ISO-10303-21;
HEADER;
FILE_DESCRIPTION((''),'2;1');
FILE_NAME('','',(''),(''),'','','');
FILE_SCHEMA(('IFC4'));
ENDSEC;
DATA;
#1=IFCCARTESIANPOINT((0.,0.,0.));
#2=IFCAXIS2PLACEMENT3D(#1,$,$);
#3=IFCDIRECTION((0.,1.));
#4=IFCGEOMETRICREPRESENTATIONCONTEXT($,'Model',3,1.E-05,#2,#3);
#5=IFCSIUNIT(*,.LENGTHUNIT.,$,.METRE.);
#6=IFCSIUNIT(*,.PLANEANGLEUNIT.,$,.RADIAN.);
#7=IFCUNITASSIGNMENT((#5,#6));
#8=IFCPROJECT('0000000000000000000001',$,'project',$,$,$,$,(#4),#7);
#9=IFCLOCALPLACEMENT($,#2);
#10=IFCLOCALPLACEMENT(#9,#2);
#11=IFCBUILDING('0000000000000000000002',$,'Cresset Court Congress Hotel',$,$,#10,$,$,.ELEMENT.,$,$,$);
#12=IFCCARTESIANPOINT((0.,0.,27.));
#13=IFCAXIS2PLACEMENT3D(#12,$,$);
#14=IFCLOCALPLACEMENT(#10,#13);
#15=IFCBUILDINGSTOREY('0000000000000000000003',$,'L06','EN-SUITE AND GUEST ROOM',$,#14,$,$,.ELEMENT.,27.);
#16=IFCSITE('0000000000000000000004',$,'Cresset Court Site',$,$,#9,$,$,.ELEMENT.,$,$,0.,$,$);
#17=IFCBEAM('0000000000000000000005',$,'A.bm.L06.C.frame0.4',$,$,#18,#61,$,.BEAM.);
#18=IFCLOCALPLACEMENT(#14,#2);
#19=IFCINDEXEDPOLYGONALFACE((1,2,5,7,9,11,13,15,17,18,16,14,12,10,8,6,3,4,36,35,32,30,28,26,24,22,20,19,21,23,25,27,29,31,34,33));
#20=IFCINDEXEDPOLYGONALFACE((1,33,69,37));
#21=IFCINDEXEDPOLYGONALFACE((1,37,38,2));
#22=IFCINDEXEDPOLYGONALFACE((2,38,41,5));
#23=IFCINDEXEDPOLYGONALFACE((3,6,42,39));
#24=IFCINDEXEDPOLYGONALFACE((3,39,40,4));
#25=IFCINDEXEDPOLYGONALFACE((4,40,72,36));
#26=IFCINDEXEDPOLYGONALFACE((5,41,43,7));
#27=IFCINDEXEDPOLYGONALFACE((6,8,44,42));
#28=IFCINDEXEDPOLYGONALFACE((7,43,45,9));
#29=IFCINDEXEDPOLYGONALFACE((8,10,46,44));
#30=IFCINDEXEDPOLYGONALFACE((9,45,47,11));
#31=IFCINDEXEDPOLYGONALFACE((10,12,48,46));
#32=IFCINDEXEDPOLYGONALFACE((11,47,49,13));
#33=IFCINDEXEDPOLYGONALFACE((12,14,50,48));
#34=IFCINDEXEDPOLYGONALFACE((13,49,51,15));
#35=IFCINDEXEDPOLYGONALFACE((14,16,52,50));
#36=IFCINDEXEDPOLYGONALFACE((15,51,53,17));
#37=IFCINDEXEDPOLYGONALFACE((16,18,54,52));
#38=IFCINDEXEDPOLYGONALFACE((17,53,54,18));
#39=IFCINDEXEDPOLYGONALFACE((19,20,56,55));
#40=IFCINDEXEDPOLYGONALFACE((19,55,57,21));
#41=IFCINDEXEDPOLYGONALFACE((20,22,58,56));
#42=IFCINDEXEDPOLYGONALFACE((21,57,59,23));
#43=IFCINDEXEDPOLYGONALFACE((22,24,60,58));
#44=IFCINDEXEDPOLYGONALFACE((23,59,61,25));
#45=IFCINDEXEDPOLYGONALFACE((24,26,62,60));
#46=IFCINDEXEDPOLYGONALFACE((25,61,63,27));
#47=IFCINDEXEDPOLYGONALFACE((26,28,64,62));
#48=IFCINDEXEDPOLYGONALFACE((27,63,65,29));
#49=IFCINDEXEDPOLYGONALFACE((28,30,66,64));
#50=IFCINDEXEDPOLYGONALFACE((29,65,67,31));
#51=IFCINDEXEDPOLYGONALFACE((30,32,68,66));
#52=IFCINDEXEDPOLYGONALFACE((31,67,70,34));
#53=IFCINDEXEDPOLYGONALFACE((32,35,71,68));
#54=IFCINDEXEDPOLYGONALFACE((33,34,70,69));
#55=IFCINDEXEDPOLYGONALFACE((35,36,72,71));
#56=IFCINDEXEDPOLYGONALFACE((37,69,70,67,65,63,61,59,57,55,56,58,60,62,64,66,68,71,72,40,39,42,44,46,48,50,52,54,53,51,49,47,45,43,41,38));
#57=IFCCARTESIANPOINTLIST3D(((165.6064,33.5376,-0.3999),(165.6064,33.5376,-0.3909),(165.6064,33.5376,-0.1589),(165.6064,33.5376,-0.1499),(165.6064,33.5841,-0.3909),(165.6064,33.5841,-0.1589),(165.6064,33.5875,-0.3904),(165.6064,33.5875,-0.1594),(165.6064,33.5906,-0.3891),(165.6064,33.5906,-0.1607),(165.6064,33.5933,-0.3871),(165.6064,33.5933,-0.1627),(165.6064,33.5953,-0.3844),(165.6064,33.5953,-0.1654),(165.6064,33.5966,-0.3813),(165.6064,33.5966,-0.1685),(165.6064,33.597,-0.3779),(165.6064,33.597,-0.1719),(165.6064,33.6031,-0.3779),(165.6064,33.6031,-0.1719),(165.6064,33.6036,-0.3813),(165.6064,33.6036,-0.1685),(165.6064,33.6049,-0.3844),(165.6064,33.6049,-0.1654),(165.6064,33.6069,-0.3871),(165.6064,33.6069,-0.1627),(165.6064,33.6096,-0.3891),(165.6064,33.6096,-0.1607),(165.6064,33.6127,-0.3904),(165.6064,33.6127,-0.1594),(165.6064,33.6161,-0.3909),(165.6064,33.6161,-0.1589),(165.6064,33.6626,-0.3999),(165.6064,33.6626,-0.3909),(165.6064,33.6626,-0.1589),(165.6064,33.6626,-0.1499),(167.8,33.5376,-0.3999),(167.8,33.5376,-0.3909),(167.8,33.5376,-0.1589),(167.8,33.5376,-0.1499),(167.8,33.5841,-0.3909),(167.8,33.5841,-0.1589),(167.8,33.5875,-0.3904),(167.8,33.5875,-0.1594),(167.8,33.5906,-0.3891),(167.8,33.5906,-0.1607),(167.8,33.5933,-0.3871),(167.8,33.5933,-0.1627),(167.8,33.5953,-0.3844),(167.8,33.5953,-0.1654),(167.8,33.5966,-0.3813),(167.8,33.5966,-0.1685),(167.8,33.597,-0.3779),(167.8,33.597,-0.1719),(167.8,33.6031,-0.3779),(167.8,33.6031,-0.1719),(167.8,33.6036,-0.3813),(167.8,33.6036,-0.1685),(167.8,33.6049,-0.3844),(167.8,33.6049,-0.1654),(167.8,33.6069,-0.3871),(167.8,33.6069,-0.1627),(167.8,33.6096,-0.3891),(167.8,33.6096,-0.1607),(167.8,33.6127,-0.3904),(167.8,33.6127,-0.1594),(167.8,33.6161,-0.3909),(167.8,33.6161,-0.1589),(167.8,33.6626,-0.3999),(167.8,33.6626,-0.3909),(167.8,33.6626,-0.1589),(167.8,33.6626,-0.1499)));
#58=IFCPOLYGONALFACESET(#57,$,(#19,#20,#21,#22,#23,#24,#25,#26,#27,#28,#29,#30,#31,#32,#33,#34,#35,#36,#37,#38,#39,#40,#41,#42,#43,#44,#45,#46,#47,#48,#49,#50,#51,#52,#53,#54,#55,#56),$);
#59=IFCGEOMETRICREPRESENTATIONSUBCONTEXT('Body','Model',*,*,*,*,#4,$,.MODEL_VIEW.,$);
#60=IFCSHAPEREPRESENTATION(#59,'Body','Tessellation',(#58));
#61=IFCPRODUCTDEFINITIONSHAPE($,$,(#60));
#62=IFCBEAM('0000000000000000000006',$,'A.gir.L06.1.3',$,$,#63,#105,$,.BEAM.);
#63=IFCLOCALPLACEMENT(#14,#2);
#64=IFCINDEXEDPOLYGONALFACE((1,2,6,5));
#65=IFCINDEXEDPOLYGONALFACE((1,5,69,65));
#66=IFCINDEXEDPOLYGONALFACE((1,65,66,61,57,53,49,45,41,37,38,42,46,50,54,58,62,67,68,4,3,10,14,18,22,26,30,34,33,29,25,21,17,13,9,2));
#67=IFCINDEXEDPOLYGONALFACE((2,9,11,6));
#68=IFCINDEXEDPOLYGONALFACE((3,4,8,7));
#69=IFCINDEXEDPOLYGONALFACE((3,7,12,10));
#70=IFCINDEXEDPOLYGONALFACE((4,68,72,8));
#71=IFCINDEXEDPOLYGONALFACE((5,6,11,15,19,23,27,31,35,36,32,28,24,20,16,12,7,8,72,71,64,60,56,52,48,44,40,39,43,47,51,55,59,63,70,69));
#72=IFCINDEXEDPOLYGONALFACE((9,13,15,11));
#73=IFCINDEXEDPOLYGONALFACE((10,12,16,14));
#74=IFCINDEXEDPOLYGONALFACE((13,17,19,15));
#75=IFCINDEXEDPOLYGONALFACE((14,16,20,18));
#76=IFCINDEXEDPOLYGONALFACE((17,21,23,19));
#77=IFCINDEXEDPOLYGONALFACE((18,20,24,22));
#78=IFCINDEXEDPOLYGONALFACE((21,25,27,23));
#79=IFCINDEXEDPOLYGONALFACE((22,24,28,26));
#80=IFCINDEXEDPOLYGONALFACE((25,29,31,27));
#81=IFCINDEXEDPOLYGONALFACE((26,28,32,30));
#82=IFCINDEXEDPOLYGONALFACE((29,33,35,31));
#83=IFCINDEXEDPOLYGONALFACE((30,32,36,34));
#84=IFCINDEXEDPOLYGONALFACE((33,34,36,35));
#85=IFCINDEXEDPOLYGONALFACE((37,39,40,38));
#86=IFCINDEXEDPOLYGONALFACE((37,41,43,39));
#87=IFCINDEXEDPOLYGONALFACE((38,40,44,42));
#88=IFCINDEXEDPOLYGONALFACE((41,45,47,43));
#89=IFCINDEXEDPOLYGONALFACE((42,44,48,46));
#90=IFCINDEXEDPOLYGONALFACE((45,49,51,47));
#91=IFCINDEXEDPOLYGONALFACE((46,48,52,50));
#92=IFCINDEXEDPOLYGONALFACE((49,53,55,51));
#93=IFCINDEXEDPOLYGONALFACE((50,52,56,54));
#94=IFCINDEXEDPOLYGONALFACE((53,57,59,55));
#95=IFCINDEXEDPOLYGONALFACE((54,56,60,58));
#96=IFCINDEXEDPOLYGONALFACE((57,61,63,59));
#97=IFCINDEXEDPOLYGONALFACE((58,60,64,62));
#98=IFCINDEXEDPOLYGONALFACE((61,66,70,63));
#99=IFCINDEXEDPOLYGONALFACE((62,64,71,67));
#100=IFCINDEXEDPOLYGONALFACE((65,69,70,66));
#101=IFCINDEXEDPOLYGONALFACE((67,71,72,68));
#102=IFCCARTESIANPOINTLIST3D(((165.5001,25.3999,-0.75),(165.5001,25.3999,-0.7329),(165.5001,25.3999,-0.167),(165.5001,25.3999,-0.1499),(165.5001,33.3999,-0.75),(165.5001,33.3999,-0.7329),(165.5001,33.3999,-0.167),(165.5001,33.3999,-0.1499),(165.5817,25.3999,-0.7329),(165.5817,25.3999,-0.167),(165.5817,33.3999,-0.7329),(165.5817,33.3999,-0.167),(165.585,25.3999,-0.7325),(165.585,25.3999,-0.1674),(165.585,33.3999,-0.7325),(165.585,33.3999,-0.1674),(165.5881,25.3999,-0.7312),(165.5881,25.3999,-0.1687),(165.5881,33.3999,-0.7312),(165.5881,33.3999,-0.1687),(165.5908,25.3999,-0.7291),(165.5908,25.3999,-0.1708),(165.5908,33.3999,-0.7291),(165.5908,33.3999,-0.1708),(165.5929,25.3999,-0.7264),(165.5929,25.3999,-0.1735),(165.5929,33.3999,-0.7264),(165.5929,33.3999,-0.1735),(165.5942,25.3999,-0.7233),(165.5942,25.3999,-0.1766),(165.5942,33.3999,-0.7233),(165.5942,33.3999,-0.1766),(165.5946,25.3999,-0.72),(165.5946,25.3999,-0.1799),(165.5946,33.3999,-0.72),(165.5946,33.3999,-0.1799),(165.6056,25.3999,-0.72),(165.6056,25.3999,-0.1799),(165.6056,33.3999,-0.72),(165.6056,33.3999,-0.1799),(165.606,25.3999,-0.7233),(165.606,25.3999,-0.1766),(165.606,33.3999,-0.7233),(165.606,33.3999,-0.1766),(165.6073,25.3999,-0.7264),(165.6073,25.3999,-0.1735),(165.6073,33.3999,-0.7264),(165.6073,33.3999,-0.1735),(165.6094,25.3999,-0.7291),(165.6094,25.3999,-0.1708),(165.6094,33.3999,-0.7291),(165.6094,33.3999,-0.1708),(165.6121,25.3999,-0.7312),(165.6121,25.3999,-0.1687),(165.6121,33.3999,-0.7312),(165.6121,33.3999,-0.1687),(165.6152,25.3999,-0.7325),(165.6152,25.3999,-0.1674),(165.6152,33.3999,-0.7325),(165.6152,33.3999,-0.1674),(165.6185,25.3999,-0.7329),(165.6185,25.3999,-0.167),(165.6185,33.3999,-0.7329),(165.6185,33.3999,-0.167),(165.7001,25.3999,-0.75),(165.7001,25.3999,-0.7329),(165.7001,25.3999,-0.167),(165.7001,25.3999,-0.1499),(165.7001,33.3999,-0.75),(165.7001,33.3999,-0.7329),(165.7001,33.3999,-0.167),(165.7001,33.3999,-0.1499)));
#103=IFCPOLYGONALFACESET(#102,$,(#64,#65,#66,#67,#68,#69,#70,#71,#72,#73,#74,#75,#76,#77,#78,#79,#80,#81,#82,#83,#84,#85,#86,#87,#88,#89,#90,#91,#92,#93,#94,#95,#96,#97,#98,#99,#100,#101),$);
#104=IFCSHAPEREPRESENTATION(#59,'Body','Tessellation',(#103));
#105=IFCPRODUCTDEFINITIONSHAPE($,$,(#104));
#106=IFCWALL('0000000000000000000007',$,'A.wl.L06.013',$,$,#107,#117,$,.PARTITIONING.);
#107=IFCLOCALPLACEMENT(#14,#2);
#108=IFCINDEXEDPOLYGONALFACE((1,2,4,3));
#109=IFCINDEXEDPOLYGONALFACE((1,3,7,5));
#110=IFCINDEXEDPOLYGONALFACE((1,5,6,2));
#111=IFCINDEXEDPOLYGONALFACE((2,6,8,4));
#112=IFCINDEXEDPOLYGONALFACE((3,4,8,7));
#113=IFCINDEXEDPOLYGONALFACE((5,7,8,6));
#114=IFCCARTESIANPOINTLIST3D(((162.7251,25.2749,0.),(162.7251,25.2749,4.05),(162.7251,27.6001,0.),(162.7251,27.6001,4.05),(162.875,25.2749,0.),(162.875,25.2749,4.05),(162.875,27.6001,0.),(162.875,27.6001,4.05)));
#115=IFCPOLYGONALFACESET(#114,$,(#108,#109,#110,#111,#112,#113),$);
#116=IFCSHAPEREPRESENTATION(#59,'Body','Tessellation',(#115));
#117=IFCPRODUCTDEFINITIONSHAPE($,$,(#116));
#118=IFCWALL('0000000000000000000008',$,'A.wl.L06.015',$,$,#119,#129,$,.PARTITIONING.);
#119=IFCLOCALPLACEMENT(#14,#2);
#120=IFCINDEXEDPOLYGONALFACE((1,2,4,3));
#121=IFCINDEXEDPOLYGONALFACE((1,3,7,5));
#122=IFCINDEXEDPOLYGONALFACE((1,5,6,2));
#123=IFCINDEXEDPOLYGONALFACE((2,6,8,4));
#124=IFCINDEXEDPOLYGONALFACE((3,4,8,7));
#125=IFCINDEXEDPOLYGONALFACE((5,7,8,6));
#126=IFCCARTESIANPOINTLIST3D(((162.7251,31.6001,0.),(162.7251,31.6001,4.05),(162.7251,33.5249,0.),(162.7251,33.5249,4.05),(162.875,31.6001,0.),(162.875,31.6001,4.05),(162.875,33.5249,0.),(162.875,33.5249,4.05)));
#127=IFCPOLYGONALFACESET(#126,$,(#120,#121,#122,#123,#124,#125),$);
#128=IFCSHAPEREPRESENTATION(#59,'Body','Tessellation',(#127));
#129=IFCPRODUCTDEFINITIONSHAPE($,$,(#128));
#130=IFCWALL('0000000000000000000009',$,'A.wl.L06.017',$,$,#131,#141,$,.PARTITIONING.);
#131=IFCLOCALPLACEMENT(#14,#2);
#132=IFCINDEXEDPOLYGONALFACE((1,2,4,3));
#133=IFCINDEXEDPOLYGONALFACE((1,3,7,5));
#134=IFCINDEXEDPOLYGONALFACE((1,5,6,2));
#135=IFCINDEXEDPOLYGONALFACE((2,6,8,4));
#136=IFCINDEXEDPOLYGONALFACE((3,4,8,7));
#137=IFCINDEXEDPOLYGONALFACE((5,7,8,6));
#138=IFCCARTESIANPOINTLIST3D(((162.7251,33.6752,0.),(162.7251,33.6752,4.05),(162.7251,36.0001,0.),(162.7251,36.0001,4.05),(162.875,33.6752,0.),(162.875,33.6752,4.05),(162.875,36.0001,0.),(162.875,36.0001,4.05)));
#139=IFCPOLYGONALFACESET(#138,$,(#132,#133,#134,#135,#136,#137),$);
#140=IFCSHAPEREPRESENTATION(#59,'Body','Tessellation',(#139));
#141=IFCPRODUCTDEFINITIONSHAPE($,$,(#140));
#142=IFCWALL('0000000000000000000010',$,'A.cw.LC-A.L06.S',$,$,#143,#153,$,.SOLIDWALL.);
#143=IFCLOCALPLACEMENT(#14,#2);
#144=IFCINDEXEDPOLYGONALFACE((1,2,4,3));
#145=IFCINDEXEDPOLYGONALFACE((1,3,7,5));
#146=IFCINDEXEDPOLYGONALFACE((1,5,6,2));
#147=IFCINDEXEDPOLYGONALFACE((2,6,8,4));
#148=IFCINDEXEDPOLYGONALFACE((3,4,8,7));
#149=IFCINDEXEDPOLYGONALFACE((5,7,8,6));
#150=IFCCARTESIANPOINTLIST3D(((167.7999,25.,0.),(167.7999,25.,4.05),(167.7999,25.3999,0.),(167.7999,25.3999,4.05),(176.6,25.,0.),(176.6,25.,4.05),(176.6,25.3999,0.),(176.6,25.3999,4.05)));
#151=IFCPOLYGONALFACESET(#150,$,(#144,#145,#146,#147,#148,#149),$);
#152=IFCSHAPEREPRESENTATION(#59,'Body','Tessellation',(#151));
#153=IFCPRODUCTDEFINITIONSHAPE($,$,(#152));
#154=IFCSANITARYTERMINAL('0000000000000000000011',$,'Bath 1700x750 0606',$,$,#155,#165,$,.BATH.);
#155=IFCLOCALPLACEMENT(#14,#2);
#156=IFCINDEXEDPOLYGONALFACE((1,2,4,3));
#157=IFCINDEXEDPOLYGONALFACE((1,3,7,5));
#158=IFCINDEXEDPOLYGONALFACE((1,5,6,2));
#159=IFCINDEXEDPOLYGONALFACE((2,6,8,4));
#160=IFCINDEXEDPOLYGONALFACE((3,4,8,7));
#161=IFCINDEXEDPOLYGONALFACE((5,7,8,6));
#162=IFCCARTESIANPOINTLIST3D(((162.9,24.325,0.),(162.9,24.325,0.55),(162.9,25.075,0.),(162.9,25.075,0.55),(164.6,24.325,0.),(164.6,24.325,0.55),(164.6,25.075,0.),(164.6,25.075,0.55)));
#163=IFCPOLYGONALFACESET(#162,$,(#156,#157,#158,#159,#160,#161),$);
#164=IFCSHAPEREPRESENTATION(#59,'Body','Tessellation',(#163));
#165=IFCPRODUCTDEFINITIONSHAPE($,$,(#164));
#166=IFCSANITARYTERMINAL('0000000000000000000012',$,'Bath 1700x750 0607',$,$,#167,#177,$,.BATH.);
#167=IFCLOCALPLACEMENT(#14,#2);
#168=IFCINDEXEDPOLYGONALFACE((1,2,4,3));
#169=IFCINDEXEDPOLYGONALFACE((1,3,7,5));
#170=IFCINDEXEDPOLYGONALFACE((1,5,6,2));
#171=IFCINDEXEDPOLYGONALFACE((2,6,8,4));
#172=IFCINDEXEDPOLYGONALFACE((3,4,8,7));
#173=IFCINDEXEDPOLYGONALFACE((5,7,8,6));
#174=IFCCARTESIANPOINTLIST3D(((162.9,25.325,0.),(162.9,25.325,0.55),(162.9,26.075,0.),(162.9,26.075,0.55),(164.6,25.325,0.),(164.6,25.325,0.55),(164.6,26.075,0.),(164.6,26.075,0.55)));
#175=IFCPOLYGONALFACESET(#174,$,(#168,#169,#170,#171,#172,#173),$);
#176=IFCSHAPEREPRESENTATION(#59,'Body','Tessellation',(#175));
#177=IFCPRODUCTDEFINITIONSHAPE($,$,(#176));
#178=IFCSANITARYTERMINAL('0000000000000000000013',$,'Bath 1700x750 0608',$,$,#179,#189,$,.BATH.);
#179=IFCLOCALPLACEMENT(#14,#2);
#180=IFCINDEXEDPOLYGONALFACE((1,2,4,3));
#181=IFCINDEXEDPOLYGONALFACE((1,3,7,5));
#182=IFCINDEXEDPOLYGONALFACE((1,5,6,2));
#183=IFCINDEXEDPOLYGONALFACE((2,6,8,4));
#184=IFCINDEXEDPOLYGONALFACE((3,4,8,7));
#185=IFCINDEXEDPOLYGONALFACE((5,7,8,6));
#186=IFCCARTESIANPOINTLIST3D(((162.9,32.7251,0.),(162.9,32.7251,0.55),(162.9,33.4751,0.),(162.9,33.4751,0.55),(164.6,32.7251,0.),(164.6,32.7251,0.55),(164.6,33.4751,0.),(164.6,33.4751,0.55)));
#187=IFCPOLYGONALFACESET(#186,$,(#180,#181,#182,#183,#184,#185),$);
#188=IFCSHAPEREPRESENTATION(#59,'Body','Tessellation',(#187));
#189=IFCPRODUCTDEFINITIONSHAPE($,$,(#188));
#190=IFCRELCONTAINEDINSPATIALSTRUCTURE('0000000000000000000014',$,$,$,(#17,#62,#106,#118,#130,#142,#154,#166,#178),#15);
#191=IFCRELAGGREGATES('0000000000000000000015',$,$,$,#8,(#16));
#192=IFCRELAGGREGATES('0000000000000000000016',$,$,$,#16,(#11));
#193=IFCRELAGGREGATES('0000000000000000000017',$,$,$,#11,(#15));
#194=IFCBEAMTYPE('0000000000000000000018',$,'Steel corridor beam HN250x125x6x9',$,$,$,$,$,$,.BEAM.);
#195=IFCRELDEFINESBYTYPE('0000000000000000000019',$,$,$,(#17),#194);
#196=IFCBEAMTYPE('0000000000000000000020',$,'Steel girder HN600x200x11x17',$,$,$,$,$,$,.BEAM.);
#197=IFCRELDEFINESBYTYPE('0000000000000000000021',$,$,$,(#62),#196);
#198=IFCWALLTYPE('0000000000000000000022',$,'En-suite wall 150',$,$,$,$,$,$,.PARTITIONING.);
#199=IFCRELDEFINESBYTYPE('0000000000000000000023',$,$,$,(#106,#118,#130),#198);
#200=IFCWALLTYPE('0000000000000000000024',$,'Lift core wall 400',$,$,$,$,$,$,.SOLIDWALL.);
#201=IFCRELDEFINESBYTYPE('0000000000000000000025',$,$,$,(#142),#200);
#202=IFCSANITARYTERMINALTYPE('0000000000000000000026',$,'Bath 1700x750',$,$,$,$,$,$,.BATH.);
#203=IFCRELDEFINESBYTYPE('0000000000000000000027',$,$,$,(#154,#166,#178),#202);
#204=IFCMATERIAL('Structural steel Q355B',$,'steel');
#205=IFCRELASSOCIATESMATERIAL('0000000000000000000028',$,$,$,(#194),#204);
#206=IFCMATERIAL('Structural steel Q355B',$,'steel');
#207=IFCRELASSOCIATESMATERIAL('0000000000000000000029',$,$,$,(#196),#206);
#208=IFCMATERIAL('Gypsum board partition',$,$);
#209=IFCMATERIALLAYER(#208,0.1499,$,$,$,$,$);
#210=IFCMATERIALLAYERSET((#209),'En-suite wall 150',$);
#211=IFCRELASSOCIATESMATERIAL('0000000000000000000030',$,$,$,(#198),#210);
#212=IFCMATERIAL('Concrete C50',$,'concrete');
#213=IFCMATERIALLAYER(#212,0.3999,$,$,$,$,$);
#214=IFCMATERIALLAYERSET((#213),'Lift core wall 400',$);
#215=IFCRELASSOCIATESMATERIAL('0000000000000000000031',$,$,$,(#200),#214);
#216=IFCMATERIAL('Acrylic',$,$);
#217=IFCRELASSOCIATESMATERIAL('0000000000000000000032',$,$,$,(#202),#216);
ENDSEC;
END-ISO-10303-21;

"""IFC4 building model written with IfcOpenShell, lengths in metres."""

from ifc_helpers import new_model, si_unit, direction, frame, frame_2d, origin, origin_2d, place, context, subcontext, project, spatial, rectangle, i_section, extrude, material, layer, layer_set, material_profile, profile_set, type_object, element, save


model = new_model("IFC4")

# Units and contexts
model_context = context("Model", 3, precision=1e-05, world=origin(), true_north=direction((0.0, 1.0)))
body_context = subcontext(model_context, "Body", "Model", "MODEL_VIEW")
ifc_project = project(units=[si_unit("LENGTHUNIT", "METRE"), si_unit("PLANEANGLEUNIT", "RADIAN")], contexts=[model_context])

# Site, building, storey
site_placement = place(None, origin())
site = spatial("IfcSite", under=ifc_project, at=site_placement, Name="Cresset Court Site", CompositionType="ELEMENT", RefElevation=0.0)
building_placement = place(site_placement, origin())
building = spatial("IfcBuilding", under=site, at=building_placement, Name="Cresset Court Congress Hotel", CompositionType="ELEMENT")
storey_placement = place(building_placement, frame((0.0, 0.0, 27.0)))
storey = spatial("IfcBuildingStorey", under=building, at=storey_placement, Name="L06", Description="EN-SUITE AND GUEST ROOM", CompositionType="ELEMENT", Elevation=27.0)

# Beams
ifc_material_1 = material(Name="Structural steel Q355B", Category="steel")
ifc_material_profile_1 = material_profile(ifc_material_1, i_section(OverallWidth=0.125, OverallDepth=0.25, WebThickness=0.0061, FlangeThickness=0.009, FilletRadius=0.0129, at=origin_2d()), Name="HN250x125x6x9")
ifc_profile_set_1 = profile_set([ifc_material_profile_1], Name="Structural steel Q355B")
beam_type_1 = type_object("IfcBeamType", Name="Steel corridor beam HN250x125x6x9", PredefinedType="BEAM", material=ifc_profile_set_1)
beam_1_placement = place(storey_placement, frame((165.6064, 33.6001, -0.2749), z_axis=(1.0, 0.0, 0.0), x_axis=(0.0, 1.0, 0.0)))
element("IfcBeam", 1, at=beam_1_placement, inside=storey, type_object=beam_type_1, Name="A.bm.L06.C.frame0.4", PredefinedType="BEAM", context=body_context, shape_type="SweptSolid", body=[
    extrude(i_section(OverallWidth=0.125, OverallDepth=0.25, WebThickness=0.0061, FlangeThickness=0.009, FilletRadius=0.0129, at=origin_2d()), origin(), (0.0, 0.0, 1.0), 2.1936),
])
ifc_material_2 = material(Name="Structural steel Q355B", Category="steel")
ifc_material_profile_2 = material_profile(ifc_material_2, i_section(OverallWidth=0.2, OverallDepth=0.6001, WebThickness=0.011, FlangeThickness=0.0171, FilletRadius=0.0129, at=origin_2d()), Name="HN600x200x11x17")
ifc_profile_set_2 = profile_set([ifc_material_profile_2], Name="Structural steel Q355B")
beam_type_2 = type_object("IfcBeamType", Name="Steel girder HN600x200x11x17", PredefinedType="BEAM", material=ifc_profile_set_2)
beam_2_placement = place(storey_placement, frame((165.6001, 25.3999, -0.45), z_axis=(0.0, 1.0, 0.0), x_axis=(-1.0, 0.0, 0.0)))
element("IfcBeam", 2, at=beam_2_placement, inside=storey, type_object=beam_type_2, Name="A.gir.L06.1.3", PredefinedType="BEAM", context=body_context, shape_type="SweptSolid", body=[
    extrude(i_section(OverallWidth=0.2, OverallDepth=0.6001, WebThickness=0.011, FlangeThickness=0.0171, FilletRadius=0.0129, at=origin_2d()), origin(), (0.0, 0.0, 1.0), 8.0),
])

# Walls
ifc_material_3 = material(Name="Gypsum board partition")
ifc_layer_1 = layer(ifc_material_3, 0.1499)
ifc_layer_set_1 = layer_set([ifc_layer_1], Name="En-suite wall 150")
wall_type_1 = type_object("IfcWallType", Name="En-suite wall 150", PredefinedType="PARTITIONING", material=ifc_layer_set_1)
wall_1_placement = place(storey_placement, frame((162.8, 25.2749, 0.0), z_axis=(0.0, 0.0, 1.0), x_axis=(0.0, 1.0, 0.0)))
element("IfcWall", 3, at=wall_1_placement, inside=storey, type_object=wall_type_1, Name="A.wl.L06.013", PredefinedType="PARTITIONING", context=body_context, shape_type="SweptSolid", body=[
    extrude(rectangle(XDim=2.3252, YDim=0.1499, at=frame_2d((1.1626, 0.0))), origin(), (0.0, 0.0, 1.0), 4.05),
])
wall_2_placement = place(storey_placement, frame((162.8, 31.6001, 0.0), z_axis=(0.0, 0.0, 1.0), x_axis=(0.0, 1.0, 0.0)))
element("IfcWall", 4, at=wall_2_placement, inside=storey, type_object=wall_type_1, Name="A.wl.L06.015", PredefinedType="PARTITIONING", context=body_context, shape_type="SweptSolid", body=[
    extrude(rectangle(XDim=1.9248, YDim=0.1499, at=frame_2d((0.9624, 0.0))), origin(), (0.0, 0.0, 1.0), 4.05),
])
wall_3_placement = place(storey_placement, frame((162.8, 33.675, 0.0), z_axis=(0.0, 0.0, 1.0), x_axis=(0.0, 1.0, 0.0)))
element("IfcWall", 5, at=wall_3_placement, inside=storey, type_object=wall_type_1, Name="A.wl.L06.017", PredefinedType="PARTITIONING", context=body_context, shape_type="SweptSolid", body=[
    extrude(rectangle(XDim=2.325, YDim=0.1499, at=frame_2d((1.1626, 0.0))), origin(), (0.0, 0.0, 1.0), 4.05),
])
ifc_material_4 = material(Name="Concrete C50", Category="concrete")
ifc_layer_2 = layer(ifc_material_4, 0.3999)
ifc_layer_set_2 = layer_set([ifc_layer_2], Name="Lift core wall 400")
wall_type_2 = type_object("IfcWallType", Name="Lift core wall 400", PredefinedType="SOLIDWALL", material=ifc_layer_set_2)
wall_4_placement = place(storey_placement, frame((167.8, 25.2, 0.0), z_axis=(0.0, 0.0, 1.0), x_axis=(1.0, 0.0, 0.0)))
element("IfcWall", 6, at=wall_4_placement, inside=storey, type_object=wall_type_2, Name="A.cw.LC-A.L06.S", PredefinedType="SOLIDWALL", context=body_context, shape_type="SweptSolid", body=[
    extrude(rectangle(XDim=8.8, YDim=0.3999, at=frame_2d((4.3999, 0.0))), origin(), (0.0, 0.0, 1.0), 4.05),
])

# Sanitary terminals
ifc_material_5 = material(Name="Acrylic")
sanitary_terminal_type_1 = type_object("IfcSanitaryTerminalType", Name="Bath 1700x750", PredefinedType="BATH", material=ifc_material_5)
for number, where, z_axis, x_axis, name in (
    (7, (163.75, 24.7, 0.0), (0.0, 0.0, 1.0), (1.0, 0.0, 0.0), "Bath 1700x750 0606"),
    (8, (163.75, 25.7, 0.0), (0.0, 0.0, 1.0), (1.0, 0.0, 0.0), "Bath 1700x750 0607"),
    (9, (163.75, 33.1001, 0.0), (0.0, 0.0, 1.0), (1.0, 0.0, 0.0), "Bath 1700x750 0608"),
):
    element("IfcSanitaryTerminal", number, at=place(storey_placement, frame(where, z_axis=z_axis, x_axis=x_axis)), inside=storey, type_object=sanitary_terminal_type_1, Name=name, PredefinedType="BATH", context=body_context, shape_type="SweptSolid", body=[
        extrude(rectangle(XDim=1.7, YDim=0.75, at=origin_2d()), origin(), (0.0, 0.0, 1.0), 0.55),
    ])

save(model, "model.ifc")
